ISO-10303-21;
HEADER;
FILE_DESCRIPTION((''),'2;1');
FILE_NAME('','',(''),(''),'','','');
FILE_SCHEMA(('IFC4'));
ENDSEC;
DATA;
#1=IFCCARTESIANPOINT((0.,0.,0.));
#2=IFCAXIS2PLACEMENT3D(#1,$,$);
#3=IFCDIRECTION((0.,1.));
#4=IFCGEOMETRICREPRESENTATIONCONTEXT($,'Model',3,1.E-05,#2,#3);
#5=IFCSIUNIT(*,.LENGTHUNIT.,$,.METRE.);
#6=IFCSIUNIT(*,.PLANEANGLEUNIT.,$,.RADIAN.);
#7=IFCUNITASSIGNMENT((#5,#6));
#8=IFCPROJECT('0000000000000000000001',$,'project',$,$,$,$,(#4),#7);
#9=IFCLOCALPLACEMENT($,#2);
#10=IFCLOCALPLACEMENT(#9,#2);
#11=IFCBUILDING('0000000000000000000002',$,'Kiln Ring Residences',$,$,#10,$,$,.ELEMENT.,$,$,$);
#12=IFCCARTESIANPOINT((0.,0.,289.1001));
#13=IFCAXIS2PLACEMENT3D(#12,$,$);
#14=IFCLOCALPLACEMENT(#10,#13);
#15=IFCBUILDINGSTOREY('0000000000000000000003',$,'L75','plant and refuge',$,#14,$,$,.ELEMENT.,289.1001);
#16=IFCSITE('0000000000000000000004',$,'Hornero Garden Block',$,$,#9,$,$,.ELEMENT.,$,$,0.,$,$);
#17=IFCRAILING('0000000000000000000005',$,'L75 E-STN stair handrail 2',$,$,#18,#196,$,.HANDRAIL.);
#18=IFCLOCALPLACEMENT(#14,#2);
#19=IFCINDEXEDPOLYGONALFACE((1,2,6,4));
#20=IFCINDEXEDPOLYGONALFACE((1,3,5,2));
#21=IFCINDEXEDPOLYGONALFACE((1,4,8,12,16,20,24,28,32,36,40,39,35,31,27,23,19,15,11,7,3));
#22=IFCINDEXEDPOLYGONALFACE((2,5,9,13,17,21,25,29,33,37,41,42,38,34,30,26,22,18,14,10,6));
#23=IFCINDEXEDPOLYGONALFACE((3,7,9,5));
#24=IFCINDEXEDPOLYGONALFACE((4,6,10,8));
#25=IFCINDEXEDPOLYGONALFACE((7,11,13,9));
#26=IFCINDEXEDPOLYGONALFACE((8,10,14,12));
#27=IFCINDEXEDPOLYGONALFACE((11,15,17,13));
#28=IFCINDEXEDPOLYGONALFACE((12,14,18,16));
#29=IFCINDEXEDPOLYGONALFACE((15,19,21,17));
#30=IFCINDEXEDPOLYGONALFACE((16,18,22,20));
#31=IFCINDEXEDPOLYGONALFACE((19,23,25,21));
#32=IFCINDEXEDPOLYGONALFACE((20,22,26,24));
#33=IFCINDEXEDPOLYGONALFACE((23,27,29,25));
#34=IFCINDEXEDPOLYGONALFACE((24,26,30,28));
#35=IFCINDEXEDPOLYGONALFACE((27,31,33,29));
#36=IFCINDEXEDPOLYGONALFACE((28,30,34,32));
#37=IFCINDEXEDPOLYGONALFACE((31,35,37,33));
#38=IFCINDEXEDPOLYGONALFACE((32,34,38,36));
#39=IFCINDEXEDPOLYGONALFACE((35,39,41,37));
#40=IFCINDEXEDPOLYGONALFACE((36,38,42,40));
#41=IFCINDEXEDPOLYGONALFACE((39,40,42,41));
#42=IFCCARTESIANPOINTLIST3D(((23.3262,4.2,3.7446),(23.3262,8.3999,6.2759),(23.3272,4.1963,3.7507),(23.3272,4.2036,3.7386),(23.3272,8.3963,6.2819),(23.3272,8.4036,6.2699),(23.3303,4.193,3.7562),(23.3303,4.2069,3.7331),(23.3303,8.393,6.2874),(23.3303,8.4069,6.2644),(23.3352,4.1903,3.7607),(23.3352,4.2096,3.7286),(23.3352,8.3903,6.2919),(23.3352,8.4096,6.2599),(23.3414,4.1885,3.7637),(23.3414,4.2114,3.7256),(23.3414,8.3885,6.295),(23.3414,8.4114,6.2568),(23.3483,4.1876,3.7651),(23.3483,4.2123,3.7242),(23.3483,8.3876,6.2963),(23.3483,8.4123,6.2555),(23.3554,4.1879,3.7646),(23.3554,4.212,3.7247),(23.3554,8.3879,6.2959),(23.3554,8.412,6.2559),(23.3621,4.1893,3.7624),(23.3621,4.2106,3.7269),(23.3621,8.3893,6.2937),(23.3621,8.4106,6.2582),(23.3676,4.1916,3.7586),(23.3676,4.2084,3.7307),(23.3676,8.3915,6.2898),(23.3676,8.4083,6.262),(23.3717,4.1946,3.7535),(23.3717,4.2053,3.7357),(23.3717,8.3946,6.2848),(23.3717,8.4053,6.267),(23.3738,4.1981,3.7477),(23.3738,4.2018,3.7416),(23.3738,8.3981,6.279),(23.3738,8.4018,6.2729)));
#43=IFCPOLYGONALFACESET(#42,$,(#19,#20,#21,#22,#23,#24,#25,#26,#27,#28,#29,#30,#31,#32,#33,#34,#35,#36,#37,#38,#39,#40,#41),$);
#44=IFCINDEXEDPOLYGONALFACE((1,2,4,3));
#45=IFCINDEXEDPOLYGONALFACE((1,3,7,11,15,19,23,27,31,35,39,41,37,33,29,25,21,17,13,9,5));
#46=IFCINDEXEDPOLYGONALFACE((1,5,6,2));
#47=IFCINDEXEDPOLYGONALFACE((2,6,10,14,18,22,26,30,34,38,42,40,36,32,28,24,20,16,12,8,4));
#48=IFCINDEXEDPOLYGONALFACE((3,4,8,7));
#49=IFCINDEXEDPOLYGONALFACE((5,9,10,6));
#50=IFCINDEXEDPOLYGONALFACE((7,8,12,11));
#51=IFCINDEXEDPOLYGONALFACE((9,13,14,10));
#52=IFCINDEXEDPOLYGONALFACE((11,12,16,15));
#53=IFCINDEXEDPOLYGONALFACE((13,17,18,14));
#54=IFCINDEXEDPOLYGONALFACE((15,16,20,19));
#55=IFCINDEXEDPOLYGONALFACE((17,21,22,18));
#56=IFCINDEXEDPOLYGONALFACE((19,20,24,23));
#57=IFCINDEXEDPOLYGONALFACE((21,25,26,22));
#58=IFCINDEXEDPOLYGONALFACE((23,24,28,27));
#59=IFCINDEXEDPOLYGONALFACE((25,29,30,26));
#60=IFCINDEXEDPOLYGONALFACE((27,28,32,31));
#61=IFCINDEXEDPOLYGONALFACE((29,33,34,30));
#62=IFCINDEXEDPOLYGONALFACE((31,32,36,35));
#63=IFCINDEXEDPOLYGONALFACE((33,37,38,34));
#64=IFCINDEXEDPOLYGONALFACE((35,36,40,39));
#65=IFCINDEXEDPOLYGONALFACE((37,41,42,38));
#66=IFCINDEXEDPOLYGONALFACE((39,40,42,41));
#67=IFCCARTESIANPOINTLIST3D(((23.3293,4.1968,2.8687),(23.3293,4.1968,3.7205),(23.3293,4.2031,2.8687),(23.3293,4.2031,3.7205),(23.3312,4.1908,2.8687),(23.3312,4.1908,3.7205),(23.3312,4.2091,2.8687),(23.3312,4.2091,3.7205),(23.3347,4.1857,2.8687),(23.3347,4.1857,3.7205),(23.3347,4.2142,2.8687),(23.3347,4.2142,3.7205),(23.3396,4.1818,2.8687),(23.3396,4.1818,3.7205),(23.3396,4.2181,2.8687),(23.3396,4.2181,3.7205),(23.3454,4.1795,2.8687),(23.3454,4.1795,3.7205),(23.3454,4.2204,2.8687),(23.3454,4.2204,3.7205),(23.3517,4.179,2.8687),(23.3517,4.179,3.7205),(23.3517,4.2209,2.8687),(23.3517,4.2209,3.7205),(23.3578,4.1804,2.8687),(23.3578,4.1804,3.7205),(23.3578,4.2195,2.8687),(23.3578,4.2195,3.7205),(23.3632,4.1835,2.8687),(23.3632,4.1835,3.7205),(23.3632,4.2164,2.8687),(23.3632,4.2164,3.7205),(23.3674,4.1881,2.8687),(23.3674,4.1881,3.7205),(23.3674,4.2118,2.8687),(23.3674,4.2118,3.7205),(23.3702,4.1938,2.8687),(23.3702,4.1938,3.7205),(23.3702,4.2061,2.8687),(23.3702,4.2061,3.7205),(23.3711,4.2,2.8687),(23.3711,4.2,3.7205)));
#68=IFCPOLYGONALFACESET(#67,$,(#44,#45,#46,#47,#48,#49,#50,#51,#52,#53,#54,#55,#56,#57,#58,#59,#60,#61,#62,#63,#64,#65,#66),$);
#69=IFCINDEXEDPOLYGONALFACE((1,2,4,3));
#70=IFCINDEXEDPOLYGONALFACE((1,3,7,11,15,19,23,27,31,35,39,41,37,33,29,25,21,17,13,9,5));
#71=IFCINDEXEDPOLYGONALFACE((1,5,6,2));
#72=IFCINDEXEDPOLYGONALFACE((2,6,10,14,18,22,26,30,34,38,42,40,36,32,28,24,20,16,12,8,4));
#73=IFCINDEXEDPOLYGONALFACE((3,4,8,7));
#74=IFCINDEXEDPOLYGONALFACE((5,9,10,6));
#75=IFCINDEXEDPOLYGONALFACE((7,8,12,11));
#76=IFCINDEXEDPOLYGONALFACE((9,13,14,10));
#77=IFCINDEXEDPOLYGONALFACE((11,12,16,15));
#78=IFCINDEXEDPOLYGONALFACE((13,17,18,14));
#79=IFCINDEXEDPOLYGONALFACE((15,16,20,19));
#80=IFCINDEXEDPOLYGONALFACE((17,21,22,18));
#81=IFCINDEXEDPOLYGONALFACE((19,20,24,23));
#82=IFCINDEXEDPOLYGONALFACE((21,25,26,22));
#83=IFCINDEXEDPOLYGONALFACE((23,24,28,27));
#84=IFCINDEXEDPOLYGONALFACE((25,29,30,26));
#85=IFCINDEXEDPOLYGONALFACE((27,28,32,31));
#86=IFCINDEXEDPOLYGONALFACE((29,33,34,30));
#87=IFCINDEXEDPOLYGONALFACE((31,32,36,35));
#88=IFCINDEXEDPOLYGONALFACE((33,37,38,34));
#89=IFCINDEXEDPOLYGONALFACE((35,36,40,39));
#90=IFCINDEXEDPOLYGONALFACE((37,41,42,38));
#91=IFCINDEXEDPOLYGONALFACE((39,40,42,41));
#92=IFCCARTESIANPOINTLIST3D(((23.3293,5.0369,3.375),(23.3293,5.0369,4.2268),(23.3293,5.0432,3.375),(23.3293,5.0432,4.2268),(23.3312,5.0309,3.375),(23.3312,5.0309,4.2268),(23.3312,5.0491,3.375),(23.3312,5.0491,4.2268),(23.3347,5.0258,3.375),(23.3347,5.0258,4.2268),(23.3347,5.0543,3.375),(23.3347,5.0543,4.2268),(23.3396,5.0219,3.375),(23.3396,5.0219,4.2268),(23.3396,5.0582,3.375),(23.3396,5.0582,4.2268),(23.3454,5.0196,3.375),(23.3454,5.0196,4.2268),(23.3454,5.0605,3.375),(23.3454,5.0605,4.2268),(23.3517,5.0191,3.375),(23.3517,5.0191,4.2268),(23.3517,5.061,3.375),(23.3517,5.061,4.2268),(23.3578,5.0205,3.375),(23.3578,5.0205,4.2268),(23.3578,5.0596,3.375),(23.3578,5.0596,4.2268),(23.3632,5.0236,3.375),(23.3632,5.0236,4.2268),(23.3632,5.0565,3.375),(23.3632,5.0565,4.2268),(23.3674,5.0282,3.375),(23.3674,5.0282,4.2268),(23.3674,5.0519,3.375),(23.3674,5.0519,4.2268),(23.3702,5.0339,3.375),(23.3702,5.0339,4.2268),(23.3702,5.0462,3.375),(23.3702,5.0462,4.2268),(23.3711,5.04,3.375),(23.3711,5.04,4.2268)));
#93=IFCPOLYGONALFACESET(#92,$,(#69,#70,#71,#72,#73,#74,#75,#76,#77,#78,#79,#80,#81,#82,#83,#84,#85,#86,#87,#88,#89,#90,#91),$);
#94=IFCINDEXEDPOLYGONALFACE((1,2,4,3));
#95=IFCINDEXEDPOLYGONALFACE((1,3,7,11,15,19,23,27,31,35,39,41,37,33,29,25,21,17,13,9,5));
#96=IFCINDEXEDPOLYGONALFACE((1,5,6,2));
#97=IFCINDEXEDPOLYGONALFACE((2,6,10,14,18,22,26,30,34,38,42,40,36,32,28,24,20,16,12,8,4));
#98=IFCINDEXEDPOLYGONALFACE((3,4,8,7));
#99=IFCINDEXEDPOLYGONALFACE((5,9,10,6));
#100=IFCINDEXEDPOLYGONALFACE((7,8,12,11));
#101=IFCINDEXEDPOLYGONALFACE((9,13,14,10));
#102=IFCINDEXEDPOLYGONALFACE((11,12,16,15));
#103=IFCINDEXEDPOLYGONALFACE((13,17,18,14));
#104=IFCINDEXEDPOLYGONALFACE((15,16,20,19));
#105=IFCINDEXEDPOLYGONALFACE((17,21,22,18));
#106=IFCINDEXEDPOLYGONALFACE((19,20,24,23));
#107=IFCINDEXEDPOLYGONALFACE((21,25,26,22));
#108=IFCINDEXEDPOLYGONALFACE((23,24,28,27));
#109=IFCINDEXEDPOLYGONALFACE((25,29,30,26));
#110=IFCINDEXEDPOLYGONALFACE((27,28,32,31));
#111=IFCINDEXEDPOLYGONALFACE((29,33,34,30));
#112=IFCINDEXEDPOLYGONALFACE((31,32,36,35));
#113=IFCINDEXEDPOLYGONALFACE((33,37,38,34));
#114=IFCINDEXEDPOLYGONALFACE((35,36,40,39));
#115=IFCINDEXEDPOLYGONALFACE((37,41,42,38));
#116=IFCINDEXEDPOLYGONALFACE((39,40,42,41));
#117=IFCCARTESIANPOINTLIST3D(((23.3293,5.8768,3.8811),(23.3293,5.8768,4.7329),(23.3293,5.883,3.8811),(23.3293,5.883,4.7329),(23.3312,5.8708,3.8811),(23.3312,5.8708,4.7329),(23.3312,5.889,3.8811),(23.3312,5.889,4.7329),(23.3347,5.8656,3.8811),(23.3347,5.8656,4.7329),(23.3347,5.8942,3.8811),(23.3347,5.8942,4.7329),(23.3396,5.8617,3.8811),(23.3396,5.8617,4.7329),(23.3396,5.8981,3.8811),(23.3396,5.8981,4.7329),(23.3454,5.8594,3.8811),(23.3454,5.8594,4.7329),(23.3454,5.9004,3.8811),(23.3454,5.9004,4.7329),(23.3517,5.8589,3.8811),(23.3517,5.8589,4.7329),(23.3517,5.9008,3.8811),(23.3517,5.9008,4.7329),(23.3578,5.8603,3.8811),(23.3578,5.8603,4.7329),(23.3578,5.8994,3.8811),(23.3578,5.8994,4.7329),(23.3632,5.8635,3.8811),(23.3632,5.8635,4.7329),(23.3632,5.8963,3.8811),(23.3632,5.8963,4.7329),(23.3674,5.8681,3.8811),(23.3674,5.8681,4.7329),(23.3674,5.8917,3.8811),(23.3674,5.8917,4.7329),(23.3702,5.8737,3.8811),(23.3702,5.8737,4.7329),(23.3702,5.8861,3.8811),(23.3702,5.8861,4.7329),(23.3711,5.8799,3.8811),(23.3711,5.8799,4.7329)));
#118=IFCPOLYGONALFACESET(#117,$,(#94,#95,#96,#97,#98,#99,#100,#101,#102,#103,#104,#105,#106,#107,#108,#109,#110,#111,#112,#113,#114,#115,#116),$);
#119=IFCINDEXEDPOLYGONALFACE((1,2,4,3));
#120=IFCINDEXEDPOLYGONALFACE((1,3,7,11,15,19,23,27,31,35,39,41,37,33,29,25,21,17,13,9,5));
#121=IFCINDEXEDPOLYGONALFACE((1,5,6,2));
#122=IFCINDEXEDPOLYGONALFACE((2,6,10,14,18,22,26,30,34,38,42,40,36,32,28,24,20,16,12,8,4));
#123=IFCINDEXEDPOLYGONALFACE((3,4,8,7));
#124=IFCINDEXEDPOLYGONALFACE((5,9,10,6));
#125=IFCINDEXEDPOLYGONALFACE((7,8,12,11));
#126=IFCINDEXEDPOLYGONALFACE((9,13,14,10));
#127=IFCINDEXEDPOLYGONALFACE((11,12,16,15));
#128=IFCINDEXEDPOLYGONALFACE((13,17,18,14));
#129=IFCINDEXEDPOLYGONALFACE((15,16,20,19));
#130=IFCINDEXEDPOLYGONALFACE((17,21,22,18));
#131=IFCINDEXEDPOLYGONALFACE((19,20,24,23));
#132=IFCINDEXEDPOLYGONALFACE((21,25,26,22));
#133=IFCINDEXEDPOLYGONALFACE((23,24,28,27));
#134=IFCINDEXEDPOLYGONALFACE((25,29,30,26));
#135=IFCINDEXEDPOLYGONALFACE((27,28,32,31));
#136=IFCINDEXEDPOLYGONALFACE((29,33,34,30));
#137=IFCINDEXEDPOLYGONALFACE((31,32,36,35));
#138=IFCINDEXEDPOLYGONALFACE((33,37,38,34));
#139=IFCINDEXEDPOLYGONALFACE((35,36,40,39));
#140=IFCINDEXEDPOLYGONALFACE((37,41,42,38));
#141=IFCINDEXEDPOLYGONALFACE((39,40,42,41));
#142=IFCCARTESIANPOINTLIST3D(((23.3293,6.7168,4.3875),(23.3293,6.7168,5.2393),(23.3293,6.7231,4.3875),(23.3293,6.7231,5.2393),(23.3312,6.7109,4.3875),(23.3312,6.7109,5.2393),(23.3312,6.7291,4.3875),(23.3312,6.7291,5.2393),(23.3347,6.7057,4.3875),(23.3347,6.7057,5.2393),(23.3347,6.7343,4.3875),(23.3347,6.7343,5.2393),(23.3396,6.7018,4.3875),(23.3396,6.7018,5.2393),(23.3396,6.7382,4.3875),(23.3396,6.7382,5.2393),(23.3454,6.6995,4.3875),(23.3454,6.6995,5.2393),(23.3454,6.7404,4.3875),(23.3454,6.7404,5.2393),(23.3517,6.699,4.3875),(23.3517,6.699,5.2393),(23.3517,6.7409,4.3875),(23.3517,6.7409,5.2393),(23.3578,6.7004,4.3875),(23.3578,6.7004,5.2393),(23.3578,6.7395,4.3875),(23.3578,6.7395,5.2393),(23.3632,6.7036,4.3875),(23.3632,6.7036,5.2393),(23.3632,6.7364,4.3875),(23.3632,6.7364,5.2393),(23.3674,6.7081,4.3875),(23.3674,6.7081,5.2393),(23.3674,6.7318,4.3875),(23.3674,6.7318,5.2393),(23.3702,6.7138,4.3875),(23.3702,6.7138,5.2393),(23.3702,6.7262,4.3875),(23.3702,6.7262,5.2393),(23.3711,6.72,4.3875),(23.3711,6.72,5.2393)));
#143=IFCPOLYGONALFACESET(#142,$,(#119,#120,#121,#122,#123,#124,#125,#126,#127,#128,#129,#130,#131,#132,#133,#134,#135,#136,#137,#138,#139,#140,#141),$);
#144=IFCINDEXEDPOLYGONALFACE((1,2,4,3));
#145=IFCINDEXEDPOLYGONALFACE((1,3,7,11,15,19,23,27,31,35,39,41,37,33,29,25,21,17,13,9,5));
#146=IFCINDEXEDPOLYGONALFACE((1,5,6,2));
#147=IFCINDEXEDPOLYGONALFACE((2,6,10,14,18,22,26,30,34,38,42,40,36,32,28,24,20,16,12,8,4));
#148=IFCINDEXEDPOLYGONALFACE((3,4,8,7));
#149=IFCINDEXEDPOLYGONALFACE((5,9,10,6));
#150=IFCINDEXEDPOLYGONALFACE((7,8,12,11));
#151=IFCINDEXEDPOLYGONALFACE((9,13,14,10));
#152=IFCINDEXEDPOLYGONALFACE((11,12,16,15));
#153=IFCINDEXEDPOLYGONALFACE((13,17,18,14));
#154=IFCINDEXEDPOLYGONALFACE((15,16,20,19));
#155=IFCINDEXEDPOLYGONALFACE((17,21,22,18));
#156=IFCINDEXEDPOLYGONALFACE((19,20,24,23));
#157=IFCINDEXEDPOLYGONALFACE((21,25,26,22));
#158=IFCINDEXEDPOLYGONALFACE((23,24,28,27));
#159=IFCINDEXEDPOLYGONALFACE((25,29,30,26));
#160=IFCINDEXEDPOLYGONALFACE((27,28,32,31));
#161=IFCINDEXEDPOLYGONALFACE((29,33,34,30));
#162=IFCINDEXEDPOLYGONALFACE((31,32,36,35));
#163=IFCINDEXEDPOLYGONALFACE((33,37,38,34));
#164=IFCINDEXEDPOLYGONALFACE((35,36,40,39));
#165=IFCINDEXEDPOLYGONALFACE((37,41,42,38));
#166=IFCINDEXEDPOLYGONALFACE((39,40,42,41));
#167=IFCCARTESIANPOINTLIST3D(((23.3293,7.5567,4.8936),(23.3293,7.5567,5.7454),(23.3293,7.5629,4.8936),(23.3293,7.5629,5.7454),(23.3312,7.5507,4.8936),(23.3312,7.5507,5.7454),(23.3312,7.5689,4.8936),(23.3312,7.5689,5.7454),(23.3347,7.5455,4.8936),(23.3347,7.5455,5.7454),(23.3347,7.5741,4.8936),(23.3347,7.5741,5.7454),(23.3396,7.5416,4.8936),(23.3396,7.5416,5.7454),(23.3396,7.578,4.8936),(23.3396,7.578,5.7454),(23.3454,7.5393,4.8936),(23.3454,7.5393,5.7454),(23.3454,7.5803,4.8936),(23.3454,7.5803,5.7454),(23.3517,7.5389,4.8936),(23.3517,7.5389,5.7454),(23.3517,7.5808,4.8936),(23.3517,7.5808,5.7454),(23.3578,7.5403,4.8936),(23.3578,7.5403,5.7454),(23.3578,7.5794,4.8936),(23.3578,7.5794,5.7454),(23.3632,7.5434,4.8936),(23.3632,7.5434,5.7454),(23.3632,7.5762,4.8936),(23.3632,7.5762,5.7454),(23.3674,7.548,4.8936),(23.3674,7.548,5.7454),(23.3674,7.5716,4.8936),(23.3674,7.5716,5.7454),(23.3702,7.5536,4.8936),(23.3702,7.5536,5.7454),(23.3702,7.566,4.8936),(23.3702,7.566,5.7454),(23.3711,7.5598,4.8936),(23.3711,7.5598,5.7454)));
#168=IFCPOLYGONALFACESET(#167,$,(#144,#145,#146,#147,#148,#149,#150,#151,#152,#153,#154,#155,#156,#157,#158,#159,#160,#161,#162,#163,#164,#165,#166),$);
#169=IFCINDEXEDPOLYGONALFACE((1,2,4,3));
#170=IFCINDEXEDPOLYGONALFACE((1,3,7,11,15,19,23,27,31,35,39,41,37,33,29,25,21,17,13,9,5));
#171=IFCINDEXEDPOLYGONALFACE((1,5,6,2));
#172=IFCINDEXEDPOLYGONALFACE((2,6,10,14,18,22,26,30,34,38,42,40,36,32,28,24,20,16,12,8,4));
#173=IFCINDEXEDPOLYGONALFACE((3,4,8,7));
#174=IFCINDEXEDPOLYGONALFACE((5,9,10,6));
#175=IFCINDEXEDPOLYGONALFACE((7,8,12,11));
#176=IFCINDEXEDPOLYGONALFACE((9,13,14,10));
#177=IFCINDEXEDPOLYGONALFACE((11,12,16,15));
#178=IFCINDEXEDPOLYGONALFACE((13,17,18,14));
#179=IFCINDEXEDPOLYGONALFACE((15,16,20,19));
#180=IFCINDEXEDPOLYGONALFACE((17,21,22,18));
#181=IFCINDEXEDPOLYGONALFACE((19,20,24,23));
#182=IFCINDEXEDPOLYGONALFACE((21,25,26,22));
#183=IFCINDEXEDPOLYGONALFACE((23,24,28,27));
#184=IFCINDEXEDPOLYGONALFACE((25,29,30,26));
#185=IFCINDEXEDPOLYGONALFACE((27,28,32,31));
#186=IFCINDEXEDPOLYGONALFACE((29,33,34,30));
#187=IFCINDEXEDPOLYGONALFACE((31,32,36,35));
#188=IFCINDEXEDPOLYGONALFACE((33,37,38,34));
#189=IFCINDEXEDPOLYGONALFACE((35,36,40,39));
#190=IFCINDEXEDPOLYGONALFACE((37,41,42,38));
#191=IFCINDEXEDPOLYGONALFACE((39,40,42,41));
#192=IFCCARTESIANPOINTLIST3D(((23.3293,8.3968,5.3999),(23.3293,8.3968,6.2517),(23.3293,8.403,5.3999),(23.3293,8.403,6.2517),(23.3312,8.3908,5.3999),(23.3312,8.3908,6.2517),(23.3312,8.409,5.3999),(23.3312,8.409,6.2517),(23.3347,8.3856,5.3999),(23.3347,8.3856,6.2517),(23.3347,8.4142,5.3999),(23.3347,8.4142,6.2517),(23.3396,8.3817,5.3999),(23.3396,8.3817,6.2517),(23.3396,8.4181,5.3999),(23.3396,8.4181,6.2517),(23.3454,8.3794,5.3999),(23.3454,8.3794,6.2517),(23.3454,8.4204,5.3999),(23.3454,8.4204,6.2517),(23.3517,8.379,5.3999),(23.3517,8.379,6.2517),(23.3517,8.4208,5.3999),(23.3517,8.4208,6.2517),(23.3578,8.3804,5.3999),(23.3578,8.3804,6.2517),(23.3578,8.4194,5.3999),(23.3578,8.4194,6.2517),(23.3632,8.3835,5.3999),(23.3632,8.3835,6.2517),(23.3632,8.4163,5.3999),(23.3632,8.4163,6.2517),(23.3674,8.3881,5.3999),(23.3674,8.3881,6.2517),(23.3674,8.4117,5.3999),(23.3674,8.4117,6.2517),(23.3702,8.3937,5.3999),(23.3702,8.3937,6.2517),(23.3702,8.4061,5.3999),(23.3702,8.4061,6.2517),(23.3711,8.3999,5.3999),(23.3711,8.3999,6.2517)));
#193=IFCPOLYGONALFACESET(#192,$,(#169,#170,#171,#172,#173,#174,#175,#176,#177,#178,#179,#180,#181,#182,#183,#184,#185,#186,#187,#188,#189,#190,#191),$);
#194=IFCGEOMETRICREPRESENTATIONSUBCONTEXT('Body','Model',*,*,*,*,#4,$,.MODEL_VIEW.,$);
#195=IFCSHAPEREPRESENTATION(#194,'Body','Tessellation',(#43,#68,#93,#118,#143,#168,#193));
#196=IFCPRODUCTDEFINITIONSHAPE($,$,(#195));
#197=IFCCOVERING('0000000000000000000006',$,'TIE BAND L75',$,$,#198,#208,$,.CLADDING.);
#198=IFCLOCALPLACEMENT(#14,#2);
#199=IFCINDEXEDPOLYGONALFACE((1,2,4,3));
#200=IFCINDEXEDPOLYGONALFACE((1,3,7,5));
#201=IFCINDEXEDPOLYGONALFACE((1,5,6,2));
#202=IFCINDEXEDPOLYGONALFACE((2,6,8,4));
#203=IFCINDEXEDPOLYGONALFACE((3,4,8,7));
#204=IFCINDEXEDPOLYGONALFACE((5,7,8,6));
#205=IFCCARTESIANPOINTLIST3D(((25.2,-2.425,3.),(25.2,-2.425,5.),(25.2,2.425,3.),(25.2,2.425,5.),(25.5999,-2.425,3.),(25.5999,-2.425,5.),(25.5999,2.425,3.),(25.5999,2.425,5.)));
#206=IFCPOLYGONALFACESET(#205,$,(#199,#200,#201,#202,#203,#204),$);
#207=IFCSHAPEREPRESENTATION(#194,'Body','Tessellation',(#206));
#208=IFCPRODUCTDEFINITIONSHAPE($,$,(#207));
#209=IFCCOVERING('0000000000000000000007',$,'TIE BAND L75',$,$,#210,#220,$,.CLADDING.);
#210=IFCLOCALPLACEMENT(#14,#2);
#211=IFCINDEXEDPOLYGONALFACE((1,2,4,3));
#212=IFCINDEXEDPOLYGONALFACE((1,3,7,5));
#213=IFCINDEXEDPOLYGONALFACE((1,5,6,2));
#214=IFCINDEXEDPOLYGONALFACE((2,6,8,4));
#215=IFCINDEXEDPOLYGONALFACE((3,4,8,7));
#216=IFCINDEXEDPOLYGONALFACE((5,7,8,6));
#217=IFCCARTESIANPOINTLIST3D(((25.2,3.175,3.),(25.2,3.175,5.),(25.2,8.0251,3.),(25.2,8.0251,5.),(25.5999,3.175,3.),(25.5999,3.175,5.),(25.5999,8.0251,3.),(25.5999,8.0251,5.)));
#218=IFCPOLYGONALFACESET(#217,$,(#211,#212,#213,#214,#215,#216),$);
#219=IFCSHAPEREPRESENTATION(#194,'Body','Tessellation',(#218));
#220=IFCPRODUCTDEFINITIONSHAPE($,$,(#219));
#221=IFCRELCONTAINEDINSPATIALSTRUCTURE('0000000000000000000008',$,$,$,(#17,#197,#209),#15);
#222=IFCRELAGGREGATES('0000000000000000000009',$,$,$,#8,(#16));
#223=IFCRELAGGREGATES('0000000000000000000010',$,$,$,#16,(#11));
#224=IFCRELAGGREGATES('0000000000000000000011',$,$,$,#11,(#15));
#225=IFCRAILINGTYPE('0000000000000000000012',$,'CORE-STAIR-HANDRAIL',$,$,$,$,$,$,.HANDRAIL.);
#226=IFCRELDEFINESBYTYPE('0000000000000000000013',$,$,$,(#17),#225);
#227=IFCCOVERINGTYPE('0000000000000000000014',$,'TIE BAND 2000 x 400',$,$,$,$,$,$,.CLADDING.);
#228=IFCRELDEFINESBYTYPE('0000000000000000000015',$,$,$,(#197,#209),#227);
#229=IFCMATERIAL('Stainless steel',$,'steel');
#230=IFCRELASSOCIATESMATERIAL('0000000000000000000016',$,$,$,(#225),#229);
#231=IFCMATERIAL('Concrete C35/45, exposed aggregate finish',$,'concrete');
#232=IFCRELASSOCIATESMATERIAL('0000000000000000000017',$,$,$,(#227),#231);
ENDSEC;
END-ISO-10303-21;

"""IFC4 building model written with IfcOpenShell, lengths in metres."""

from ifc_helpers import new_model, si_unit, direction, frame, origin, origin_2d, place, context, subcontext, project, spatial, rectangle, circle, extrude, material, type_object, element, save


model = new_model("IFC4")

# Units and contexts
model_context = context("Model", 3, precision=1e-05, world=origin(), true_north=direction((0.0, 1.0)))
body_context = subcontext(model_context, "Body", "Model", "MODEL_VIEW")
ifc_project = project(units=[si_unit("LENGTHUNIT", "METRE"), si_unit("PLANEANGLEUNIT", "RADIAN")], contexts=[model_context])

# Site, building, storey
site_placement = place(None, origin())
site = spatial("IfcSite", under=ifc_project, at=site_placement, Name="Hornero Garden Block", CompositionType="ELEMENT", RefElevation=0.0)
building_placement = place(site_placement, origin())
building = spatial("IfcBuilding", under=site, at=building_placement, Name="Kiln Ring Residences", CompositionType="ELEMENT")
storey_placement = place(building_placement, frame((0.0, 0.0, 289.1001)))
storey = spatial("IfcBuildingStorey", under=building, at=storey_placement, Name="L75", Description="plant and refuge", CompositionType="ELEMENT", Elevation=289.1001)

# Railing
ifc_material_1 = material(Name="Stainless steel", Category="steel")
railing_type_1 = type_object("IfcRailingType", Name="CORE-STAIR-HANDRAIL", PredefinedType="HANDRAIL", material=ifc_material_1)
railing_1_placement = place(storey_placement, frame((23.3501, 4.2, 2.8687)))
element("IfcRailing", 1, at=railing_1_placement, inside=storey, type_object=railing_type_1, Name="L75 E-STN stair handrail 2", PredefinedType="HANDRAIL", context=body_context, shape_type="SweptSolid", body=[
    extrude(circle(Radius=0.0239, at=origin_2d()), frame((0.0, 0.0, 0.876), z_axis=(0.0, 0.856476, 0.516186), x_axis=(-1.0, 0.0, 0.0)), (0.0, 0.0, 1.0), 4.9038),
    extrude(circle(Radius=0.021, at=origin_2d()), origin(), (0.0, 0.0, 1.0), 0.8518),
    extrude(circle(Radius=0.021, at=origin_2d()), frame((0.0, 0.8401, 0.5063)), (0.0, 0.0, 1.0), 0.8518),
    extrude(circle(Radius=0.021, at=origin_2d()), frame((0.0, 1.6799, 1.0125)), (0.0, 0.0, 1.0), 0.8518),
    extrude(circle(Radius=0.021, at=origin_2d()), frame((0.0, 2.52, 1.5188)), (0.0, 0.0, 1.0), 0.8518),
    extrude(circle(Radius=0.021, at=origin_2d()), frame((0.0, 3.3599, 2.0249)), (0.0, 0.0, 1.0), 0.8518),
    extrude(circle(Radius=0.021, at=origin_2d()), frame((0.0, 4.2, 2.5312)), (0.0, 0.0, 1.0), 0.8518),
])

# Coverings
ifc_material_2 = material(Name="Concrete C35/45, exposed aggregate finish", Category="concrete")
covering_type = type_object("IfcCoveringType", Name="TIE BAND 2000 x 400", PredefinedType="CLADDING", material=ifc_material_2)
for number, where, z_axis, x_axis, name in (
    (2, (25.3999, 0.0, 3.0), (0.0, 0.0, 1.0), (0.0, 1.0, 0.0), "TIE BAND L75"),
    (3, (25.3999, 5.6001, 3.0), (0.0, 0.0, 1.0), (0.0, 1.0, 0.0), "TIE BAND L75"),
):
    element("IfcCovering", number, at=place(storey_placement, frame(where, z_axis=z_axis, x_axis=x_axis)), inside=storey, type_object=covering_type, Name=name, PredefinedType="CLADDING", context=body_context, shape_type="SweptSolid", body=[
        extrude(rectangle(XDim=4.8501, YDim=0.3999, at=origin_2d()), origin(), (0.0, 0.0, 1.0), 2.0),
    ])

save(model, "model.ifc")
